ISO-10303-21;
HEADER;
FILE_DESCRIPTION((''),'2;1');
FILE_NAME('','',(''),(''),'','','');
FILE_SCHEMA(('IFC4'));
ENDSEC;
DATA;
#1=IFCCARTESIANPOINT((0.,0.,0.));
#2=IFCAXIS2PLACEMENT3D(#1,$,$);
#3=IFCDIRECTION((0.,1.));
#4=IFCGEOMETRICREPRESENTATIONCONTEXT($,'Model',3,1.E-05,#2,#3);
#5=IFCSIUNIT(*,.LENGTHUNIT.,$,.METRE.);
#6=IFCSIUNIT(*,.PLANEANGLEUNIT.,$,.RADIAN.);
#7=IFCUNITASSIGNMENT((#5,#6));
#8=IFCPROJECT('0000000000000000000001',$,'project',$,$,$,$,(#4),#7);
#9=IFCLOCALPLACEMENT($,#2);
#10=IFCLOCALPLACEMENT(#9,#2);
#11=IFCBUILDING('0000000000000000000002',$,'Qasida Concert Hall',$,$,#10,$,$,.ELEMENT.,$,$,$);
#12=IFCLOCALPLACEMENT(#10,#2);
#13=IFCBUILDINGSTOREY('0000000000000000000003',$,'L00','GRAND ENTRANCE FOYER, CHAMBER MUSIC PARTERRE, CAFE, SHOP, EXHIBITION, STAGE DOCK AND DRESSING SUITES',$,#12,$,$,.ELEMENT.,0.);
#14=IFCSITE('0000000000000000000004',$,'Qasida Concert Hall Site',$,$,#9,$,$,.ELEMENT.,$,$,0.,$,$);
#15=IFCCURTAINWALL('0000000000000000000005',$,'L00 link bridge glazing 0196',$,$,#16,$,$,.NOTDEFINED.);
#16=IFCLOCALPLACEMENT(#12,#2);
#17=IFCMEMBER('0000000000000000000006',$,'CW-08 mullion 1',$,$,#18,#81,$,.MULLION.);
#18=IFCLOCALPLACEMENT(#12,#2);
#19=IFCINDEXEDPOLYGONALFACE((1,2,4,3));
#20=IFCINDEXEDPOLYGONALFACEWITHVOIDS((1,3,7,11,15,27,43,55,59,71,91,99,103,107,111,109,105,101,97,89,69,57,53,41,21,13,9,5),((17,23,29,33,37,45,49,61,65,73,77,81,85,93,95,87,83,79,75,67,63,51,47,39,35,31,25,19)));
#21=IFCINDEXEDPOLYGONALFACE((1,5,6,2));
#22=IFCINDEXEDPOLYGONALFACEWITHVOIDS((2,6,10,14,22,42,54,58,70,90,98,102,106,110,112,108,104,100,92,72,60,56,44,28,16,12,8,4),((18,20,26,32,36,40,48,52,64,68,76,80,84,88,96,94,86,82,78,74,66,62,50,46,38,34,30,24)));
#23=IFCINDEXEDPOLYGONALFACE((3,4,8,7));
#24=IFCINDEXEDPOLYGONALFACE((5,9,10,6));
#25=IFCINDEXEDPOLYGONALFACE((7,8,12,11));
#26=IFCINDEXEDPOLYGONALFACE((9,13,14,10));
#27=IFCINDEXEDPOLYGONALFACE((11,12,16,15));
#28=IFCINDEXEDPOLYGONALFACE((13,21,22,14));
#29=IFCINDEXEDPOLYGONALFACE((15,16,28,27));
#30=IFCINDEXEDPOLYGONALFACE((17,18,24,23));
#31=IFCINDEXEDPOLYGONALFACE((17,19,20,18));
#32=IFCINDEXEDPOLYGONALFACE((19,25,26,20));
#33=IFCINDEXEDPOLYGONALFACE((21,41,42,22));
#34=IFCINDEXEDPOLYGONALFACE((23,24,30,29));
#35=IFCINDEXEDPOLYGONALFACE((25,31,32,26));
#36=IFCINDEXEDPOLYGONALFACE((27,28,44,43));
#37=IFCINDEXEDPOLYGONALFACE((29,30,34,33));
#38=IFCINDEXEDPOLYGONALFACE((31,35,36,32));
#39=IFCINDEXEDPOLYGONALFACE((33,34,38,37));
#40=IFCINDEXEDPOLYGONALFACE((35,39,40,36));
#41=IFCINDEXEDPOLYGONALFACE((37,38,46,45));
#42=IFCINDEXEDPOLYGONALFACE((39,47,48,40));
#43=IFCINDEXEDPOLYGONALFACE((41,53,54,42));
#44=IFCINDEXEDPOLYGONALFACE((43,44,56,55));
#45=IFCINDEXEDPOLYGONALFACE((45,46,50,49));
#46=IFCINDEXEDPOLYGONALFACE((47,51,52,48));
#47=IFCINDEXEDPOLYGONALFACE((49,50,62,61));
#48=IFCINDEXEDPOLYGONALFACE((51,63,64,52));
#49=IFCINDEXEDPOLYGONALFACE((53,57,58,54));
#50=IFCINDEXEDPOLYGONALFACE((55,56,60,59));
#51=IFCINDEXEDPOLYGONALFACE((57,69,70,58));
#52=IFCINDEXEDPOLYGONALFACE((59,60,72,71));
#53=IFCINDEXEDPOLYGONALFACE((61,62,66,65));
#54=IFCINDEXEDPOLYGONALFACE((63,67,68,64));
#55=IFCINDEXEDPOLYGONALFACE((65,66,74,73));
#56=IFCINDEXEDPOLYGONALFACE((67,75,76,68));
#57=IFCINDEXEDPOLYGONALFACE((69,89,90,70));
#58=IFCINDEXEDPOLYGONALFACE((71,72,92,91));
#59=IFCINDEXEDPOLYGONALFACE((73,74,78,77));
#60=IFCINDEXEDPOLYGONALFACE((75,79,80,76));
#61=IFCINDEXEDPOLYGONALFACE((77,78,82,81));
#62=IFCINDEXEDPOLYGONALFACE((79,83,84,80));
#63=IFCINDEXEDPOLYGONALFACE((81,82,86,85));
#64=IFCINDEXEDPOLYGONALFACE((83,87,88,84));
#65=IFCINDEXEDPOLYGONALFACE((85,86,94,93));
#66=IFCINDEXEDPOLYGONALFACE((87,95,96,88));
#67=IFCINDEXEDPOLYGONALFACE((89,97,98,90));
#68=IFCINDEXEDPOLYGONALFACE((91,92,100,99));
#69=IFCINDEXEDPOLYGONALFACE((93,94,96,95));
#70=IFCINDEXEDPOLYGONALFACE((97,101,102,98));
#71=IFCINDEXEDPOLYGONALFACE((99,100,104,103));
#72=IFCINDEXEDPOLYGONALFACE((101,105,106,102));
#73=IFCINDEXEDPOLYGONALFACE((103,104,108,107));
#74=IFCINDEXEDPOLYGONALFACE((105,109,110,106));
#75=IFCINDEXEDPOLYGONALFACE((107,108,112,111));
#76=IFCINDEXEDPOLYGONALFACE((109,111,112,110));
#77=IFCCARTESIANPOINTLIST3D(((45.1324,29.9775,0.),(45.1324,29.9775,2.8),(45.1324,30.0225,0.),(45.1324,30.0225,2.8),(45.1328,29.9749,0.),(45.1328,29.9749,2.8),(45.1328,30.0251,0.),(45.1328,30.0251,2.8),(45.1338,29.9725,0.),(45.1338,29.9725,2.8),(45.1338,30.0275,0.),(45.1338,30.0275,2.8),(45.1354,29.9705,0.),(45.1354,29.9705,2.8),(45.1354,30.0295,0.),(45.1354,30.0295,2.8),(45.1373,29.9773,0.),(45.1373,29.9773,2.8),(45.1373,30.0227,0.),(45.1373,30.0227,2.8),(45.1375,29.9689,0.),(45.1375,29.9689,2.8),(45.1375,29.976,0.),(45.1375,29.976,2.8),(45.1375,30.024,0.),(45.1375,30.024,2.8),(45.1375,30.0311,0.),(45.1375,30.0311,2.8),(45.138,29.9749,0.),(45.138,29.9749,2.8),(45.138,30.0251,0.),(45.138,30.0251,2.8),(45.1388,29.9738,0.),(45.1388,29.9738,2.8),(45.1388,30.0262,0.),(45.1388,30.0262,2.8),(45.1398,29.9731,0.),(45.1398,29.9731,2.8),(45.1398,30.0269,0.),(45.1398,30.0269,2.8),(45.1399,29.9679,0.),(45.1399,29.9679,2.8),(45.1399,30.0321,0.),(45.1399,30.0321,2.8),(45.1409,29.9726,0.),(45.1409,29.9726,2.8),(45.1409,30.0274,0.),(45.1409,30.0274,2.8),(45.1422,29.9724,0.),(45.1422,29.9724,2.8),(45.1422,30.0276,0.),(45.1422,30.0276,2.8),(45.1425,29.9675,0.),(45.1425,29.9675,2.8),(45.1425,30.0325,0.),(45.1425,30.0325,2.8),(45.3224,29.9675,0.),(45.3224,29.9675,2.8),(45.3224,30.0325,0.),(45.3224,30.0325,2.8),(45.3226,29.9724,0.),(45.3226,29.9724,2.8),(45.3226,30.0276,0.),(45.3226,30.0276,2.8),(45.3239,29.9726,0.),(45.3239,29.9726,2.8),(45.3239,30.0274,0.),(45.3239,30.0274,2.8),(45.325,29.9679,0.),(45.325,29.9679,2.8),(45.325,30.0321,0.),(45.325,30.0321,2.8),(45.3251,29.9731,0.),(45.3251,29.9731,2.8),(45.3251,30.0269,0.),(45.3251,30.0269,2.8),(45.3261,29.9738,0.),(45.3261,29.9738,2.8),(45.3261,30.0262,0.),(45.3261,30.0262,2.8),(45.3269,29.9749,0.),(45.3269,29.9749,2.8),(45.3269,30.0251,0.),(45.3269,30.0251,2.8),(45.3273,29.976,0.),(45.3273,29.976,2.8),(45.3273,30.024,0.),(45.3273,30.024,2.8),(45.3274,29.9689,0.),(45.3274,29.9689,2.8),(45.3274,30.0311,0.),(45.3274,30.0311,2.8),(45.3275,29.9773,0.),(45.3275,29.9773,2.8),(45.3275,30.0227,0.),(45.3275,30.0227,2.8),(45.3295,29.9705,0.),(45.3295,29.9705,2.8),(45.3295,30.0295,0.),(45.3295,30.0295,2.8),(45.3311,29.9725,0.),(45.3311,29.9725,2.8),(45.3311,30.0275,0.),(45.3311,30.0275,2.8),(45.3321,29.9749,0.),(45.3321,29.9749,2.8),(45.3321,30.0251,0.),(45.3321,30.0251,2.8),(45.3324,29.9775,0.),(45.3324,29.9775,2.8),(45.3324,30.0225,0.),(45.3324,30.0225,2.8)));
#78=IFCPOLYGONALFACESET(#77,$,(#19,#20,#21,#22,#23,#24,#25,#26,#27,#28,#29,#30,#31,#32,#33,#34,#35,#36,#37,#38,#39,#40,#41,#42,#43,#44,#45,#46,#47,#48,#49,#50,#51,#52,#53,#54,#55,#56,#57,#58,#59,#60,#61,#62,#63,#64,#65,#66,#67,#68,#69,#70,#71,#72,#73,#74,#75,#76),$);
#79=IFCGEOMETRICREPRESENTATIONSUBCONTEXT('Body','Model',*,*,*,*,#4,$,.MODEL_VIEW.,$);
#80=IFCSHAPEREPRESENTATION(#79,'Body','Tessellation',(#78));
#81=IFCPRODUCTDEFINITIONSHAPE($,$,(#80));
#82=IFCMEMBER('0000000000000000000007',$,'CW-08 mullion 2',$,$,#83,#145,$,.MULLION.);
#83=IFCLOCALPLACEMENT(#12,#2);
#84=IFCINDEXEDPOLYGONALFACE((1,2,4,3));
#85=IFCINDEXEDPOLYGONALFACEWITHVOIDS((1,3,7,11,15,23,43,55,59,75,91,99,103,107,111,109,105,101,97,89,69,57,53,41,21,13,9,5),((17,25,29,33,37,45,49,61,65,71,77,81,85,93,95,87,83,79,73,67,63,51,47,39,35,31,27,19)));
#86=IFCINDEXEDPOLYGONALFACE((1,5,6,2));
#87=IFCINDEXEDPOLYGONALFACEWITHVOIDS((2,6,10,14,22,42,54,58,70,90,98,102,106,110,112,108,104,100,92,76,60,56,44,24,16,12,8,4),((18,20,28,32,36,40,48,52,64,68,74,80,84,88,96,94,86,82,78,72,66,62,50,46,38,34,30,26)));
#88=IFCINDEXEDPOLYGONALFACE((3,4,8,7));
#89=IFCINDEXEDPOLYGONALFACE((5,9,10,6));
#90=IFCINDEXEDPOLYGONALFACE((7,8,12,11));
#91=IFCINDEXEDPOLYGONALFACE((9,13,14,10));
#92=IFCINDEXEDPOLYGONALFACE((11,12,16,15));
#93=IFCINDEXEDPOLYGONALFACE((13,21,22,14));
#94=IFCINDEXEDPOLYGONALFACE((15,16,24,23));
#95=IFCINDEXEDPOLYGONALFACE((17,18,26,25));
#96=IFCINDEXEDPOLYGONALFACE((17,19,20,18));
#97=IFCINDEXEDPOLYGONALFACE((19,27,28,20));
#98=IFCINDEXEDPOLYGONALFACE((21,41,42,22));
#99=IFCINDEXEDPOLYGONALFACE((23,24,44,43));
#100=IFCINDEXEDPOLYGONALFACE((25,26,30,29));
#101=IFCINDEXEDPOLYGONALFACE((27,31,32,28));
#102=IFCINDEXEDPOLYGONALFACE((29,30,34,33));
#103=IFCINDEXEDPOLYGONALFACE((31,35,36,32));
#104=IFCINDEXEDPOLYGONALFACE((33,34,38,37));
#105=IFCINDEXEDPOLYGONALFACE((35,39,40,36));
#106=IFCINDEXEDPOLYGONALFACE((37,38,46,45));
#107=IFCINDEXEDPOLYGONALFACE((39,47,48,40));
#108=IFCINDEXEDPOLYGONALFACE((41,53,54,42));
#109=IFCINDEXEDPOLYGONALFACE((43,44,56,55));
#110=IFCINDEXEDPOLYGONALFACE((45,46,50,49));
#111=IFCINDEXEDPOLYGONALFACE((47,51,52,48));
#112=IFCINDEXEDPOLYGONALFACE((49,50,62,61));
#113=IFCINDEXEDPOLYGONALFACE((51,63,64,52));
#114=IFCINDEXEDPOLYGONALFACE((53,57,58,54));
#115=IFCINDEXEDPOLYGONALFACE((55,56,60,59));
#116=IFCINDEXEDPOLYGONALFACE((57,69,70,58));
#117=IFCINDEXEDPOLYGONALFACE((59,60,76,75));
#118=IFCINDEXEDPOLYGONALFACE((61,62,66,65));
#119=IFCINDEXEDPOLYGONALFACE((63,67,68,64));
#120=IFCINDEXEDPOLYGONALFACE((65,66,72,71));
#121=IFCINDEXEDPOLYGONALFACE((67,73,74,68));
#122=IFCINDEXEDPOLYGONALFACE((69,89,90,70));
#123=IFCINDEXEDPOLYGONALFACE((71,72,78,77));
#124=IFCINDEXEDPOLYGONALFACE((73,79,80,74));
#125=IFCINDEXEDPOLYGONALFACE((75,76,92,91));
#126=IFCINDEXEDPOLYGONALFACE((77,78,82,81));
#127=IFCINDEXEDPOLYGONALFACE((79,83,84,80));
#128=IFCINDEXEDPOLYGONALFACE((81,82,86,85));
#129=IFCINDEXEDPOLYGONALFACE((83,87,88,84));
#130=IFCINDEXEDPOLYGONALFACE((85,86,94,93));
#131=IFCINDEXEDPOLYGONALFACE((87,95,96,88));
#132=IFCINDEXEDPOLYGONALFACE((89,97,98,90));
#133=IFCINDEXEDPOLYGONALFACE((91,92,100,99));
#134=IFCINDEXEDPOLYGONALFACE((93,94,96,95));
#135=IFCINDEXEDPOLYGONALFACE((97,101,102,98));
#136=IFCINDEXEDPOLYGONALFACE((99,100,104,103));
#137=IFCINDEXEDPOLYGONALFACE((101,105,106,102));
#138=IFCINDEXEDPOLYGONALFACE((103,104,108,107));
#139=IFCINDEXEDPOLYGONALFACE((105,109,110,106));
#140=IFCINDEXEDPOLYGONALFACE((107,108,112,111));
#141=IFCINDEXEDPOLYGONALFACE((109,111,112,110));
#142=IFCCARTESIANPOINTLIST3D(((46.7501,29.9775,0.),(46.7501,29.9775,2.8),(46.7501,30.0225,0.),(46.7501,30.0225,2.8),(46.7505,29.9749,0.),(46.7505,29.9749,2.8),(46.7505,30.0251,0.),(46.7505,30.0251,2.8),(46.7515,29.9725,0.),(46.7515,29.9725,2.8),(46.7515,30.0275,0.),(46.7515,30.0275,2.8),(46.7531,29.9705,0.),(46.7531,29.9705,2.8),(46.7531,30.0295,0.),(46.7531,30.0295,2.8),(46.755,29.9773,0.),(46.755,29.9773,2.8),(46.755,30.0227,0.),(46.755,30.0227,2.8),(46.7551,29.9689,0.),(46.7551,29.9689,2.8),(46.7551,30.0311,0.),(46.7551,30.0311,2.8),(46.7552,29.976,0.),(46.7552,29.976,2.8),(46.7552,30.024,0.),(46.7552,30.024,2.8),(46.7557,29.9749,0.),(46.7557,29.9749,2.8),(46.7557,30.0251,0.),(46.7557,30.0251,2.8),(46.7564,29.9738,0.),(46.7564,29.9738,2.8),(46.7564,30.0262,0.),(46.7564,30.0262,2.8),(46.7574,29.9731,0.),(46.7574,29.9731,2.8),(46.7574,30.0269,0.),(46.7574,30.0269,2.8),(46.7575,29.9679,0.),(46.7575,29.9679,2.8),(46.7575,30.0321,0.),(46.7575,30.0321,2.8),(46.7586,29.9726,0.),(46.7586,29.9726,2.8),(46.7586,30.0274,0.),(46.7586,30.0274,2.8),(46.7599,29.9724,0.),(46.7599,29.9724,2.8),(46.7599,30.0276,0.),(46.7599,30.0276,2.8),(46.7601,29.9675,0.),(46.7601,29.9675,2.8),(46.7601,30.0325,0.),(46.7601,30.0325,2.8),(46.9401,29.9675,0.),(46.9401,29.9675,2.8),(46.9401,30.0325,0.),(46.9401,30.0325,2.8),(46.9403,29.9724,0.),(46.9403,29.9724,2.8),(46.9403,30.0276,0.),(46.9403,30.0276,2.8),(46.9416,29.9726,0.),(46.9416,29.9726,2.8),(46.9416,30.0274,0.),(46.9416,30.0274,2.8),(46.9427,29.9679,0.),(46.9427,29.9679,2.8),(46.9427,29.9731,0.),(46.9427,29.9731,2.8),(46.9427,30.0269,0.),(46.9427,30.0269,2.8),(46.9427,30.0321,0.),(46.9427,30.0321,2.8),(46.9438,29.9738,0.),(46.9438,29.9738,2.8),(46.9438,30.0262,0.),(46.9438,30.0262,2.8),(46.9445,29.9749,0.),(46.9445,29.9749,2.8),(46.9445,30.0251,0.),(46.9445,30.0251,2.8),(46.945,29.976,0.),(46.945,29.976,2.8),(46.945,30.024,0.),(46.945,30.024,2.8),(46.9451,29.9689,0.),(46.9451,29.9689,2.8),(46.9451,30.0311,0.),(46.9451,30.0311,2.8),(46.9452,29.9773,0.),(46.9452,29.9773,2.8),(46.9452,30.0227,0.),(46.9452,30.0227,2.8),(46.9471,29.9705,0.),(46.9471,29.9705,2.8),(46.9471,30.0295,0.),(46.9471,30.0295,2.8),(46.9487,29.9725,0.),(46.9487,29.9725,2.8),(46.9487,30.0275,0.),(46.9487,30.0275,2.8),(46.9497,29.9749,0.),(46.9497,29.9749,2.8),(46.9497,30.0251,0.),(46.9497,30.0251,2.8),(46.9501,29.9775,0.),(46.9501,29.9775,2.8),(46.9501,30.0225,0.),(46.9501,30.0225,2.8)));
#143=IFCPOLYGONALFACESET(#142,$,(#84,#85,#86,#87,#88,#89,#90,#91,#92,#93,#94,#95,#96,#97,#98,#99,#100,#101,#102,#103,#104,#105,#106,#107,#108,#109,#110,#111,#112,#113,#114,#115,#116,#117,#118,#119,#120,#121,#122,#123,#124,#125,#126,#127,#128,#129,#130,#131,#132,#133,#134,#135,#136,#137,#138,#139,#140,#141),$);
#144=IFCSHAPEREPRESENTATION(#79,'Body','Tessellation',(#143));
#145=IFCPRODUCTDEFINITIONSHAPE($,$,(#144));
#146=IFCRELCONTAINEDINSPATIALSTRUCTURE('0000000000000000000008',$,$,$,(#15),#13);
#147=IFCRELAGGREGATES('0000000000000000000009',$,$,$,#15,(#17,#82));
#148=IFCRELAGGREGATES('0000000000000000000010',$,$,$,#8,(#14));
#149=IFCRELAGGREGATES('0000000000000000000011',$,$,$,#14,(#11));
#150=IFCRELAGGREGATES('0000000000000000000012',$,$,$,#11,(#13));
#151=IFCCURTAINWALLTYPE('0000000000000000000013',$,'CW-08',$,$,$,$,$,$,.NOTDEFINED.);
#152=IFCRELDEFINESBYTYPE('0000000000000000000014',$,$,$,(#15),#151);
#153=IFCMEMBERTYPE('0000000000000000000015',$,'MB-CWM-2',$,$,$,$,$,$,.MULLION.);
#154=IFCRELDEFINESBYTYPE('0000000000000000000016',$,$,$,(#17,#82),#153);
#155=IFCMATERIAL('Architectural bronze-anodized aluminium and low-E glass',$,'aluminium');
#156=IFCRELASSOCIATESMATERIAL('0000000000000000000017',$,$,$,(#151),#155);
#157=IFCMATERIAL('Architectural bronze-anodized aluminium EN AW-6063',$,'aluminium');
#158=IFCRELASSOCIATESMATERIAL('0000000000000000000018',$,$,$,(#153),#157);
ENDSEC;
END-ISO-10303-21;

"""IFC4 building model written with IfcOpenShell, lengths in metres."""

from ifc_helpers import new_model, si_unit, direction, frame, origin, origin_2d, place, context, subcontext, project, spatial, hollow_rectangle, extrude, material, material_profile, profile_set, type_object, element, aggregate, save


model = new_model("IFC4")

# Units and contexts
model_context = context("Model", 3, precision=1e-05, world=origin(), true_north=direction((0.0, 1.0)))
body_context = subcontext(model_context, "Body", "Model", "MODEL_VIEW")
ifc_project = project(units=[si_unit("LENGTHUNIT", "METRE"), si_unit("PLANEANGLEUNIT", "RADIAN")], contexts=[model_context])

# Site, building, storey
site_placement = place(None, origin())
site = spatial("IfcSite", under=ifc_project, at=site_placement, Name="Qasida Concert Hall Site", CompositionType="ELEMENT", RefElevation=0.0)
building_placement = place(site_placement, origin())
building = spatial("IfcBuilding", under=site, at=building_placement, Name="Qasida Concert Hall", CompositionType="ELEMENT")
storey_placement = place(building_placement, origin())
storey = spatial("IfcBuildingStorey", under=building, at=storey_placement, Name="L00", Description="GRAND ENTRANCE FOYER, CHAMBER MUSIC PARTERRE, CAFE, SHOP, EXHIBITION, STAGE DOCK AND DRESSING SUITES", CompositionType="ELEMENT", Elevation=0.0)

# Curtain wall, members
ifc_material_1 = material(Name="Architectural bronze-anodized aluminium and low-E glass", Category="aluminium")
curtain_wall_type = type_object("IfcCurtainWallType", Name="CW-08", PredefinedType="NOTDEFINED", material=ifc_material_1)
ifc_material_2 = material(Name="Architectural bronze-anodized aluminium EN AW-6063", Category="aluminium")
ifc_material_profile_1 = material_profile(ifc_material_2, hollow_rectangle(XDim=0.0649, YDim=0.2, WallThickness=0.0049, InnerFilletRadius=0.0049, OuterFilletRadius=0.01, at=origin_2d()), Name="CWM 200x65x5")
ifc_profile_set_1 = profile_set([ifc_material_profile_1], Name="Architectural bronze-anodized aluminium EN AW-6063")
member_type_1 = type_object("IfcMemberType", Name="MB-CWM-2", PredefinedType="MULLION", material=ifc_profile_set_1)
curtain_wall_1_placement = place(storey_placement, origin())
curtain_wall_1 = element("IfcCurtainWall", 1, at=curtain_wall_1_placement, inside=storey, type_object=curtain_wall_type, Name="L00 link bridge glazing 0196", PredefinedType="NOTDEFINED")
member_1_placement = place(storey_placement, frame((45.2324, 30.0, 0.0), z_axis=(0.0, 0.0, 1.0), x_axis=(0.0, 1.0, 0.0)))
member_1 = element("IfcMember", 2, at=member_1_placement, type_object=member_type_1, Name="CW-08 mullion 1", PredefinedType="MULLION", context=body_context, shape_type="SweptSolid", body=[
    extrude(hollow_rectangle(XDim=0.0649, YDim=0.2, WallThickness=0.0049, InnerFilletRadius=0.0049, OuterFilletRadius=0.01, at=origin_2d()), origin(), (0.0, 0.0, 1.0), 2.8),
])
member_2_placement = place(storey_placement, frame((46.8501, 30.0, 0.0), z_axis=(0.0, 0.0, 1.0), x_axis=(0.0, 1.0, 0.0)))
member_2 = element("IfcMember", 3, at=member_2_placement, type_object=member_type_1, Name="CW-08 mullion 2", PredefinedType="MULLION", context=body_context, shape_type="SweptSolid", body=[
    extrude(hollow_rectangle(XDim=0.0649, YDim=0.2, WallThickness=0.0049, InnerFilletRadius=0.0049, OuterFilletRadius=0.01, at=origin_2d()), origin(), (0.0, 0.0, 1.0), 2.8),
])

aggregate(curtain_wall_1, [member_1, member_2])

save(model, "model.ifc")
